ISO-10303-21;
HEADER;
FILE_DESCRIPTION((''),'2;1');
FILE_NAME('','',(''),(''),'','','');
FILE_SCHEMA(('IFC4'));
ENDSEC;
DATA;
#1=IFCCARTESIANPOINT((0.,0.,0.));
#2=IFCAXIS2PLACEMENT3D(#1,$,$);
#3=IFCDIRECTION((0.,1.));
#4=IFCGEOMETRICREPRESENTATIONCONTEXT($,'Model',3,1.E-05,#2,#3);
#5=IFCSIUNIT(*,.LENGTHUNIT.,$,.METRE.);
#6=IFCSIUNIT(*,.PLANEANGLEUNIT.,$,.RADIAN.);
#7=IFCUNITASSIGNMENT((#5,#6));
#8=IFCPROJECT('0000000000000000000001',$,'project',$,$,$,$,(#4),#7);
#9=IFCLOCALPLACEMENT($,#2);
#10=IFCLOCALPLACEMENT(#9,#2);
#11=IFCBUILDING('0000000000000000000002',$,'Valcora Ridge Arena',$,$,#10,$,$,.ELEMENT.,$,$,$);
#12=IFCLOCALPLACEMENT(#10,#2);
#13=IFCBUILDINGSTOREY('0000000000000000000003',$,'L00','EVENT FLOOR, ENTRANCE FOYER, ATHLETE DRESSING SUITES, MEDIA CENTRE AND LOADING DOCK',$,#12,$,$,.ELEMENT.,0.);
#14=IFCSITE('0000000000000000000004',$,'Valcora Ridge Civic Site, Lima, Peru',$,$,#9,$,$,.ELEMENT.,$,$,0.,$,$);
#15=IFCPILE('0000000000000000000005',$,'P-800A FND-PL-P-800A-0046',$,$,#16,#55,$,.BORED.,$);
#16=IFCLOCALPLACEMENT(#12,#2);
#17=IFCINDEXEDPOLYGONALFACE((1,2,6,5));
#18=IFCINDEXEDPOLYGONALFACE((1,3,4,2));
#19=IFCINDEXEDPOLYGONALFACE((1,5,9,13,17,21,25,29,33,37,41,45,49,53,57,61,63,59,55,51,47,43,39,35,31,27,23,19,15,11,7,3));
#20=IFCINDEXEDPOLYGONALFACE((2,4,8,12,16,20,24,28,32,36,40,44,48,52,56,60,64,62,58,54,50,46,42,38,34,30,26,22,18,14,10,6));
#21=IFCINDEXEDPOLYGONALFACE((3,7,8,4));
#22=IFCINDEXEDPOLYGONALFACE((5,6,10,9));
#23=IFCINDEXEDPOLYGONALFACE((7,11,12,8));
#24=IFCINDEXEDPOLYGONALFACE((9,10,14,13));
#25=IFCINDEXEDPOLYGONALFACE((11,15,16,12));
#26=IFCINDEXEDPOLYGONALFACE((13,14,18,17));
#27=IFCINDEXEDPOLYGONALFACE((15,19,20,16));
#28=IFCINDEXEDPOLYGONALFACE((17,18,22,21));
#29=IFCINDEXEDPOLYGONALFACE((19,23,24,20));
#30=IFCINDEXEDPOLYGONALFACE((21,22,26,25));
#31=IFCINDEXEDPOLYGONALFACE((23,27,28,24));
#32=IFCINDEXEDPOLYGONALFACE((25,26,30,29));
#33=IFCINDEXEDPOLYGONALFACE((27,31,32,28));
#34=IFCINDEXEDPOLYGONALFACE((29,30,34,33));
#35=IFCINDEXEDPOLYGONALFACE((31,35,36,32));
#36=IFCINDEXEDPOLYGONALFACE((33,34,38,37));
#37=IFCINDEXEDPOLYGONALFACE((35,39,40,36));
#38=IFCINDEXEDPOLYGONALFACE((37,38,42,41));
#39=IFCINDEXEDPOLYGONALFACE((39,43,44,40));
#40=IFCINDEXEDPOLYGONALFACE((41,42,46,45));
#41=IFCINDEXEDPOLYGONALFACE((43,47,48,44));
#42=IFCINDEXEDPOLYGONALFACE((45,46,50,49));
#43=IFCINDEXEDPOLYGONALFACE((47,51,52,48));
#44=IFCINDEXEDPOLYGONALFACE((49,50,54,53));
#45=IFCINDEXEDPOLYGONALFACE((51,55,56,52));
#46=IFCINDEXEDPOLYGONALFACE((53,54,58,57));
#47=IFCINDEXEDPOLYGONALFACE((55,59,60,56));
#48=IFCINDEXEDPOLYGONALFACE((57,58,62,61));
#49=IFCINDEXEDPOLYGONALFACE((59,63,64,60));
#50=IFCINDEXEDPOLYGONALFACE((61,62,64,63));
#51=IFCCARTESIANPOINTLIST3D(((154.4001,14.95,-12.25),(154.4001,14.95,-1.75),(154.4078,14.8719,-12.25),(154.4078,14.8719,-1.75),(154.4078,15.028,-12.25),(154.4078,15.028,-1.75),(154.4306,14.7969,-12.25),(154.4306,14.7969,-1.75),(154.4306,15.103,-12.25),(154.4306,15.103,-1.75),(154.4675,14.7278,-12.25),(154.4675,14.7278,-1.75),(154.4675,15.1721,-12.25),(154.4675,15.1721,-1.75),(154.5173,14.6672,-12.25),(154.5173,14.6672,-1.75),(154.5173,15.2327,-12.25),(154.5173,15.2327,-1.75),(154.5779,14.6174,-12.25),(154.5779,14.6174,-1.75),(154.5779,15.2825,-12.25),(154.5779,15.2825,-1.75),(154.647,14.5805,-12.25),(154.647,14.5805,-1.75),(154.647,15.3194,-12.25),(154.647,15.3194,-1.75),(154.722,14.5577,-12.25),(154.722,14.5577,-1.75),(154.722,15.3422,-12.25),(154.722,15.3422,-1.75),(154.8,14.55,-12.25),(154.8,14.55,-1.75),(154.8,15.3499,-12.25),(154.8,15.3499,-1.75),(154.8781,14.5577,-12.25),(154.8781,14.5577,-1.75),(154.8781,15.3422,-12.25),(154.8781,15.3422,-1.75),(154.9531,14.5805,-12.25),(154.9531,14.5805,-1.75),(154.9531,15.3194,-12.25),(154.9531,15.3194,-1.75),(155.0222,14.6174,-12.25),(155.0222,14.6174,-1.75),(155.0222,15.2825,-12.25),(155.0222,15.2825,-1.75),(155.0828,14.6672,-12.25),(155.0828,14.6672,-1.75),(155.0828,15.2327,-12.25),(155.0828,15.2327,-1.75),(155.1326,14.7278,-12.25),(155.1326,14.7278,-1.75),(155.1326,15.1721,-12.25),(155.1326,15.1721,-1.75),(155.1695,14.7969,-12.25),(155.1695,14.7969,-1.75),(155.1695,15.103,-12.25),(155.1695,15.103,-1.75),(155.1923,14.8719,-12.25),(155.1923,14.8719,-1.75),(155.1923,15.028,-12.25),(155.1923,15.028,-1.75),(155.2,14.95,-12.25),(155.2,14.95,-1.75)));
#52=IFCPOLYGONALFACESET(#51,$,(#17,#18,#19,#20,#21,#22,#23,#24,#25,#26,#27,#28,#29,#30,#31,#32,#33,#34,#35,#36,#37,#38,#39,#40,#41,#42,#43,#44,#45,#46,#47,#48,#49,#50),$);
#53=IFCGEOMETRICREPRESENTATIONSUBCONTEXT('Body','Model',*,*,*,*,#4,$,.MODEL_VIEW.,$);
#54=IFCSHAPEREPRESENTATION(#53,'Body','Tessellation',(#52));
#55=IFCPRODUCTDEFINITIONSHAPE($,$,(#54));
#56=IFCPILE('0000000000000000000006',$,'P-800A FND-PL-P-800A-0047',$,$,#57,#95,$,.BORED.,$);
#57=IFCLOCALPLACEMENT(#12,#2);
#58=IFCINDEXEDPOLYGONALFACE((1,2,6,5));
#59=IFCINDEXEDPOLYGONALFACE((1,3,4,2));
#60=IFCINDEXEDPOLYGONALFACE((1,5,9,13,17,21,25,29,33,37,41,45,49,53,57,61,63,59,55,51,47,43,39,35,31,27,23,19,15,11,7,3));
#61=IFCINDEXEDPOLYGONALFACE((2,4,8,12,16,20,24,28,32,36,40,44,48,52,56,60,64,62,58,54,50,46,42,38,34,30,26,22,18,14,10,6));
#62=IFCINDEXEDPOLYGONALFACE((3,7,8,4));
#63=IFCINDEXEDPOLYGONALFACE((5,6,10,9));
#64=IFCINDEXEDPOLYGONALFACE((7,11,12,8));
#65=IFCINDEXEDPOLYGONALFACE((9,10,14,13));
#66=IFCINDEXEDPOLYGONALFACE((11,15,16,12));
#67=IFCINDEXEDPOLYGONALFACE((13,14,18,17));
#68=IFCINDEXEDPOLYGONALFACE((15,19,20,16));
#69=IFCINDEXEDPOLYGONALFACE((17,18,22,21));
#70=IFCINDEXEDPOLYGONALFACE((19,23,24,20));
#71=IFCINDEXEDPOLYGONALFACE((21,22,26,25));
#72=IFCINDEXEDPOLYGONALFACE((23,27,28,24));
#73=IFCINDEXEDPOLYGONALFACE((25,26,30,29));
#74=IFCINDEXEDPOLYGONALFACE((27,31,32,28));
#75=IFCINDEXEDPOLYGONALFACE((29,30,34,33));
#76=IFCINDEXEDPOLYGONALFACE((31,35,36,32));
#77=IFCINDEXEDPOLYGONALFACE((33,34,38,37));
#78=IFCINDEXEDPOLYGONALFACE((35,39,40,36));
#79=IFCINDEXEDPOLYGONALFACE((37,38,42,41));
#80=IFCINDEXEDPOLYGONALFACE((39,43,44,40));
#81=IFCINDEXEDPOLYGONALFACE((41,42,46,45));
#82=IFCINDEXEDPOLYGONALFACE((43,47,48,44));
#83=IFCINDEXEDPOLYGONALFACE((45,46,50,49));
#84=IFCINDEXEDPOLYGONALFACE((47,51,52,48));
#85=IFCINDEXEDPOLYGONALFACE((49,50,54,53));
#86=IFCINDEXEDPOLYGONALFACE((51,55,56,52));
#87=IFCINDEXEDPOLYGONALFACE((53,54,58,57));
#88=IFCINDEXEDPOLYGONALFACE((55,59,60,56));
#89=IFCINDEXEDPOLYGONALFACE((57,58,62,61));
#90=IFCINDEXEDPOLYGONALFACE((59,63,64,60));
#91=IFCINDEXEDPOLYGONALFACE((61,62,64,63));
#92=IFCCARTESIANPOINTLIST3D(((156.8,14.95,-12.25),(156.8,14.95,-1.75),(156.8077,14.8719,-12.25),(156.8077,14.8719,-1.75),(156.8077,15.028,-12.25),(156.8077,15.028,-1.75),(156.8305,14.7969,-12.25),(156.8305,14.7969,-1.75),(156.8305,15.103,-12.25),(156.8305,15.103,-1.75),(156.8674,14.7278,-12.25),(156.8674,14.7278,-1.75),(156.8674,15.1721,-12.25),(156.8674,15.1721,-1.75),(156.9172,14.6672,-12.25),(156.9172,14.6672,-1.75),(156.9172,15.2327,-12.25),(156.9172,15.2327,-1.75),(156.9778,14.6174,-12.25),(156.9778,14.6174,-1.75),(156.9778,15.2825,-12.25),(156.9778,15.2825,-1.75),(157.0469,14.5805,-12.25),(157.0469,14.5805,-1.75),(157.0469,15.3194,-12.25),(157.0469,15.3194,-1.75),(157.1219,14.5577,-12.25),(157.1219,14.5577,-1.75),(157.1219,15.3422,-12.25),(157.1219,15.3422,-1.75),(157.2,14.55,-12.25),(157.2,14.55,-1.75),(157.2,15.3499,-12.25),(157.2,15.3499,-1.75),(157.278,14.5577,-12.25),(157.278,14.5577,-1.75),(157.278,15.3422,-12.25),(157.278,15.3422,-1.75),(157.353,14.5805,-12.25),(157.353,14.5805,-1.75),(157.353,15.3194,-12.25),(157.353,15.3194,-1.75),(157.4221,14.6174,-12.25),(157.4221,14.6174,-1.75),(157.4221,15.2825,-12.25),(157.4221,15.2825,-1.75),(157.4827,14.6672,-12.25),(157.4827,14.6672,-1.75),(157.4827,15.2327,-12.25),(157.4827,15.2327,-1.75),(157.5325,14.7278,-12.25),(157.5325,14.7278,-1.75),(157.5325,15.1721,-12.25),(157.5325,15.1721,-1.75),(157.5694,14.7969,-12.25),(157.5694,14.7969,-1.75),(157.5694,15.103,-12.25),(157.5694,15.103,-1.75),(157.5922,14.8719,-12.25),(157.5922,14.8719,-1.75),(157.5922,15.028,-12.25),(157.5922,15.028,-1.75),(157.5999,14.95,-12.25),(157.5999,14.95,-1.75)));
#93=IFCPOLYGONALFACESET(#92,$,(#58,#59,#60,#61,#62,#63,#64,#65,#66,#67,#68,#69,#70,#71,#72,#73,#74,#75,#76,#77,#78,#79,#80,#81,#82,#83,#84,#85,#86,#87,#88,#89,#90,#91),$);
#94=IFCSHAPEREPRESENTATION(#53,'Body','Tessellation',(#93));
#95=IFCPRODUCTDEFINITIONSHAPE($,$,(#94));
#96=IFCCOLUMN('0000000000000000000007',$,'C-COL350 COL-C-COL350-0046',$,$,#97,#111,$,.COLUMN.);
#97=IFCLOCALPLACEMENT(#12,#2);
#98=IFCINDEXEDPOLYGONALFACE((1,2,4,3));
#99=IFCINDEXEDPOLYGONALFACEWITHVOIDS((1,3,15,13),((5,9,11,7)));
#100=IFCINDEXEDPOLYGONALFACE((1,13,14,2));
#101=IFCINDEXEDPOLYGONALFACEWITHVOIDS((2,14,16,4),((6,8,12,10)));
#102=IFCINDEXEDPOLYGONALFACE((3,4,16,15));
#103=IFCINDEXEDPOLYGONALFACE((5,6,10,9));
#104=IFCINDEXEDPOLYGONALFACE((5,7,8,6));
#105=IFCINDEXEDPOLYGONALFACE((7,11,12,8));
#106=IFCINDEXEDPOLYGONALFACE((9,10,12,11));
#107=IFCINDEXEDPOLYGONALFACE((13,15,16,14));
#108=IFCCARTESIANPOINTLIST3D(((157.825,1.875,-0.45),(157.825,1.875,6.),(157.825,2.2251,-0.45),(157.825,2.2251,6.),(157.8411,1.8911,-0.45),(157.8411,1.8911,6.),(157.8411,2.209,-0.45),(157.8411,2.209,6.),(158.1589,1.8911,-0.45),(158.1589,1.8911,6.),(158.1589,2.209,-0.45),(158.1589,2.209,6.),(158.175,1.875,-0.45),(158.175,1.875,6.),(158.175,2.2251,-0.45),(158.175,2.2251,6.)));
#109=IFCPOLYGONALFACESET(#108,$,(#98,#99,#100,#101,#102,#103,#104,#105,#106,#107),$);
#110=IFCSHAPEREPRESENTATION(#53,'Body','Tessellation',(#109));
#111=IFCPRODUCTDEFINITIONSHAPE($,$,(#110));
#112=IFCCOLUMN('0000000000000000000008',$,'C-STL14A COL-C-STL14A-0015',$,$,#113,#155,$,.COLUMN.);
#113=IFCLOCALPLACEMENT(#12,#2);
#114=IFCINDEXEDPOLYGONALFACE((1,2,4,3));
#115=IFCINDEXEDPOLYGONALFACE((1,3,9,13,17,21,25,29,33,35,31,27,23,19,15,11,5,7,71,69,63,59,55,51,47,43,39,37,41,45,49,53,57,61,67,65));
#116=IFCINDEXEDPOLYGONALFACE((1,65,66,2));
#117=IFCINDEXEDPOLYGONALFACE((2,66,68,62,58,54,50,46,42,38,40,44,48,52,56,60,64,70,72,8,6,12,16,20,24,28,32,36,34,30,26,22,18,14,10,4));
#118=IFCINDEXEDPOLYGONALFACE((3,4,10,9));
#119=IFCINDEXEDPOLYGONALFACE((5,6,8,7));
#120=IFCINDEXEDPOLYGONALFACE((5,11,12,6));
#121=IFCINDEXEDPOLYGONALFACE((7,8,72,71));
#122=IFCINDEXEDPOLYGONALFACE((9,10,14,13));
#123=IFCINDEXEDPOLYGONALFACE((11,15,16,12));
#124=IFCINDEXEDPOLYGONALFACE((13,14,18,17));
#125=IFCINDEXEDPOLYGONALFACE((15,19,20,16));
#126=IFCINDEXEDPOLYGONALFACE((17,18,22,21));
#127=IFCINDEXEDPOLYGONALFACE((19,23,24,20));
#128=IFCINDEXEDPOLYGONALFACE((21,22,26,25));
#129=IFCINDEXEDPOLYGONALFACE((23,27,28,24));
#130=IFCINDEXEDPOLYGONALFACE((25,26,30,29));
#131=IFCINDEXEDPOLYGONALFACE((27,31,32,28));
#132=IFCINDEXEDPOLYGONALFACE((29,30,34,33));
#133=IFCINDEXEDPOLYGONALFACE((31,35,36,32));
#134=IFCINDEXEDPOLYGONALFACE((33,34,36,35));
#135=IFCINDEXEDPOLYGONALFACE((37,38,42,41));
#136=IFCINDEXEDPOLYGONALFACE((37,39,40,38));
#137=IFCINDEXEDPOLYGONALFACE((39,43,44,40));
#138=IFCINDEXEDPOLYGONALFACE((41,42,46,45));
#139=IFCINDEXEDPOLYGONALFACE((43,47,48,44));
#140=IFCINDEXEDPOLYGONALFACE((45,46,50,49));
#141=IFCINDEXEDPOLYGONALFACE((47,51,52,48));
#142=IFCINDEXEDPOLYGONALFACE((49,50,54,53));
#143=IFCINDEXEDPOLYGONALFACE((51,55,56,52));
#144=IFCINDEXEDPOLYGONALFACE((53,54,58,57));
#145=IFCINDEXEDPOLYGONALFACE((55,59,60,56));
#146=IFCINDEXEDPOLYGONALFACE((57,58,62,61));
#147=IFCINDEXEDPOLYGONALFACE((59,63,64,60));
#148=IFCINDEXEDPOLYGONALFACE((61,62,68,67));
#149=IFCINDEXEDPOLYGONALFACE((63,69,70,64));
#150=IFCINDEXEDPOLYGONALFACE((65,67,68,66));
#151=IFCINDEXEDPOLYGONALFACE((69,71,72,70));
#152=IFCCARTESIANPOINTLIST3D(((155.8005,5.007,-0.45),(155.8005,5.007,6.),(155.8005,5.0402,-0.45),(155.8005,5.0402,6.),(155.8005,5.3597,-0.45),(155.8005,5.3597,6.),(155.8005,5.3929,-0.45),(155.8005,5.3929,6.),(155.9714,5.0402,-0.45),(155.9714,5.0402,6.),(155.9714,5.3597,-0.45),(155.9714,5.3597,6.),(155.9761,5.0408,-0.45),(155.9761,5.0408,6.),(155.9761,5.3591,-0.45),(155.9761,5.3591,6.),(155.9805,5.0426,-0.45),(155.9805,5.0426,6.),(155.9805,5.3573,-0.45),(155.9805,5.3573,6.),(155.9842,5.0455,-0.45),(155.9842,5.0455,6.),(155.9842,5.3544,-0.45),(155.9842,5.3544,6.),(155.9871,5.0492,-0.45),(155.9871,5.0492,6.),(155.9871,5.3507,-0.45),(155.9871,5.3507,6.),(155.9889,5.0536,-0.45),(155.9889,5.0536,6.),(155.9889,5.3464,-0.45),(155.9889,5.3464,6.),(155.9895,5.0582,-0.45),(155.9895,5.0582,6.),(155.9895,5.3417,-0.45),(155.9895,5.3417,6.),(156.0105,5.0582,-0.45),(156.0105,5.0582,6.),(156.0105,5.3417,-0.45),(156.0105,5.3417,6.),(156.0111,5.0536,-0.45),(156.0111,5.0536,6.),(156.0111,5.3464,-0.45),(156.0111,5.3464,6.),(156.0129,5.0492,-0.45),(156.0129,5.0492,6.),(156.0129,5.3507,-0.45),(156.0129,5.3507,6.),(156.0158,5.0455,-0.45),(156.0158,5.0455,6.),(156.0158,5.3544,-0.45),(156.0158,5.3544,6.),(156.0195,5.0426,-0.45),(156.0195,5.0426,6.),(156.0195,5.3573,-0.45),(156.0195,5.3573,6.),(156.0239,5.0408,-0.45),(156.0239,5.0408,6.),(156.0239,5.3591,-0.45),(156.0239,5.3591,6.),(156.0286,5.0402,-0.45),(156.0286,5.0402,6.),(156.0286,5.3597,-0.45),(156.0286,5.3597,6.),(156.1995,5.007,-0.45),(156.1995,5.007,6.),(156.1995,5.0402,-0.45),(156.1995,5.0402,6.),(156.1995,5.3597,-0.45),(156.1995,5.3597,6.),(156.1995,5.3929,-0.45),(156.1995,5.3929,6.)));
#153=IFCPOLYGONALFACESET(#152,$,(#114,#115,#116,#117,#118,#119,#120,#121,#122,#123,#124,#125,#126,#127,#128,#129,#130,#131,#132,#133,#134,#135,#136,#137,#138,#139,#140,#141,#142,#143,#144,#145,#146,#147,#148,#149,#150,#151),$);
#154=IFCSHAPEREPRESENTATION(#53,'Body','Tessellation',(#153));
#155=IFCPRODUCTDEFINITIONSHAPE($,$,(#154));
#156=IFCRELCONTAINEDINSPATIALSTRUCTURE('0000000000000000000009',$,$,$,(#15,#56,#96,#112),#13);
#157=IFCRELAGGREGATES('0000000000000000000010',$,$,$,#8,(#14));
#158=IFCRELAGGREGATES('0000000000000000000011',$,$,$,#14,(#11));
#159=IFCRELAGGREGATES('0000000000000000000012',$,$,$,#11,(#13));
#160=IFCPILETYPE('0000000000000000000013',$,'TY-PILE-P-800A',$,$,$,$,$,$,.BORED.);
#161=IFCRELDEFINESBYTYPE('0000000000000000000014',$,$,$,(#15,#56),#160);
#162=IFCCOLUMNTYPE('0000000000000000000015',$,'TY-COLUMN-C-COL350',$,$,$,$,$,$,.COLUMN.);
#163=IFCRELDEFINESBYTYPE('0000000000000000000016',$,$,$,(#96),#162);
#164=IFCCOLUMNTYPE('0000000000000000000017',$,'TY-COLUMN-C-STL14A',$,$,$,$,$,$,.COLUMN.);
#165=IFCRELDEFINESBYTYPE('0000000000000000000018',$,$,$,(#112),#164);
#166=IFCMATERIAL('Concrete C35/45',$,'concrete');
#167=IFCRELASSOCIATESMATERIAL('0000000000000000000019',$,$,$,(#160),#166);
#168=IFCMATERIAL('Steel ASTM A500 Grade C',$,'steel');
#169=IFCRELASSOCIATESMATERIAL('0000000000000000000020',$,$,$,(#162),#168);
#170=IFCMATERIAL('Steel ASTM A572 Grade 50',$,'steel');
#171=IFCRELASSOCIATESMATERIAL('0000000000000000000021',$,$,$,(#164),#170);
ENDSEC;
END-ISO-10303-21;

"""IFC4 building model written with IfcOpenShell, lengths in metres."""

from ifc_helpers import new_model, si_unit, direction, frame, origin, origin_2d, place, context, subcontext, project, spatial, hollow_rectangle, circle, i_section, extrude, material, material_profile, profile_set, type_object, element, save


model = new_model("IFC4")

# Units and contexts
model_context = context("Model", 3, precision=1e-05, world=origin(), true_north=direction((0.0, 1.0)))
body_context = subcontext(model_context, "Body", "Model", "MODEL_VIEW")
ifc_project = project(units=[si_unit("LENGTHUNIT", "METRE"), si_unit("PLANEANGLEUNIT", "RADIAN")], contexts=[model_context])

# Site, building, storey
site_placement = place(None, origin())
site = spatial("IfcSite", under=ifc_project, at=site_placement, Name="Valcora Ridge Civic Site, Lima, Peru", CompositionType="ELEMENT", RefElevation=0.0)
building_placement = place(site_placement, origin())
building = spatial("IfcBuilding", under=site, at=building_placement, Name="Valcora Ridge Arena", CompositionType="ELEMENT")
storey_placement = place(building_placement, origin())
storey = spatial("IfcBuildingStorey", under=building, at=storey_placement, Name="L00", Description="EVENT FLOOR, ENTRANCE FOYER, ATHLETE DRESSING SUITES, MEDIA CENTRE AND LOADING DOCK", CompositionType="ELEMENT", Elevation=0.0)

# Piles
ifc_material_1 = material(Name="Concrete C35/45", Category="concrete")
ifc_material_profile_1 = material_profile(ifc_material_1, circle(Radius=0.3999, at=origin_2d()), Name="BORED PILE D800")
ifc_profile_set_1 = profile_set([ifc_material_profile_1], Name="Concrete C35/45")
pile_type = type_object("IfcPileType", Name="TY-PILE-P-800A", PredefinedType="BORED", material=ifc_profile_set_1)
for number, where, z_axis, x_axis, name in (
    (1, (154.8, 14.95, -1.75), (0.0, 0.0, -1.0), (1.0, 0.0, 0.0), "P-800A FND-PL-P-800A-0046"),
    (2, (157.2, 14.95, -1.75), (0.0, 0.0, -1.0), (1.0, 0.0, 0.0), "P-800A FND-PL-P-800A-0047"),
):
    element("IfcPile", number, at=place(storey_placement, frame(where, z_axis=z_axis, x_axis=x_axis)), inside=storey, type_object=pile_type, Name=name, PredefinedType="BORED", context=body_context, shape_type="SweptSolid", body=[
        extrude(circle(Radius=0.3999, at=origin_2d()), origin(), (0.0, 0.0, 1.0), 10.5),
    ])

# Columns
ifc_material_2 = material(Name="Steel ASTM A500 Grade C", Category="steel")
ifc_material_profile_2 = material_profile(ifc_material_2, hollow_rectangle(XDim=0.3501, YDim=0.3501, WallThickness=0.0161, at=origin_2d()), Name="HSS350X350X16")
ifc_profile_set_2 = profile_set([ifc_material_profile_2], Name="Steel ASTM A500 Grade C")
column_type_1 = type_object("IfcColumnType", Name="TY-COLUMN-C-COL350", PredefinedType="COLUMN", material=ifc_profile_set_2)
column_1_placement = place(storey_placement, frame((158.0, 2.05, -0.45), z_axis=(0.0, 0.0, 1.0), x_axis=(1.0, 0.0, 0.0)))
element("IfcColumn", 3, at=column_1_placement, inside=storey, type_object=column_type_1, Name="C-COL350 COL-C-COL350-0046", PredefinedType="COLUMN", context=body_context, shape_type="SweptSolid", body=[
    extrude(hollow_rectangle(XDim=0.3501, YDim=0.3501, WallThickness=0.0161, at=origin_2d()), origin(), (0.0, 0.0, 1.0), 6.45),
])
ifc_material_3 = material(Name="Steel ASTM A572 Grade 50", Category="steel")
ifc_material_profile_3 = material_profile(ifc_material_3, i_section(OverallWidth=0.3989, OverallDepth=0.386, WebThickness=0.021, FlangeThickness=0.0332, FilletRadius=0.0181, at=origin_2d()), Name="W14X176")
ifc_profile_set_3 = profile_set([ifc_material_profile_3], Name="Steel ASTM A572 Grade 50")
column_type_2 = type_object("IfcColumnType", Name="TY-COLUMN-C-STL14A", PredefinedType="COLUMN", material=ifc_profile_set_3)
column_2_placement = place(storey_placement, frame((156.0, 5.2, -0.45), z_axis=(0.0, 0.0, 1.0), x_axis=(1.0, 0.0, 0.0)))
element("IfcColumn", 4, at=column_2_placement, inside=storey, type_object=column_type_2, Name="C-STL14A COL-C-STL14A-0015", PredefinedType="COLUMN", context=body_context, shape_type="SweptSolid", body=[
    extrude(i_section(OverallWidth=0.3989, OverallDepth=0.386, WebThickness=0.021, FlangeThickness=0.0332, FilletRadius=0.0181, at=origin_2d()), origin(), (0.0, 0.0, 1.0), 6.45),
])

save(model, "model.ifc")
